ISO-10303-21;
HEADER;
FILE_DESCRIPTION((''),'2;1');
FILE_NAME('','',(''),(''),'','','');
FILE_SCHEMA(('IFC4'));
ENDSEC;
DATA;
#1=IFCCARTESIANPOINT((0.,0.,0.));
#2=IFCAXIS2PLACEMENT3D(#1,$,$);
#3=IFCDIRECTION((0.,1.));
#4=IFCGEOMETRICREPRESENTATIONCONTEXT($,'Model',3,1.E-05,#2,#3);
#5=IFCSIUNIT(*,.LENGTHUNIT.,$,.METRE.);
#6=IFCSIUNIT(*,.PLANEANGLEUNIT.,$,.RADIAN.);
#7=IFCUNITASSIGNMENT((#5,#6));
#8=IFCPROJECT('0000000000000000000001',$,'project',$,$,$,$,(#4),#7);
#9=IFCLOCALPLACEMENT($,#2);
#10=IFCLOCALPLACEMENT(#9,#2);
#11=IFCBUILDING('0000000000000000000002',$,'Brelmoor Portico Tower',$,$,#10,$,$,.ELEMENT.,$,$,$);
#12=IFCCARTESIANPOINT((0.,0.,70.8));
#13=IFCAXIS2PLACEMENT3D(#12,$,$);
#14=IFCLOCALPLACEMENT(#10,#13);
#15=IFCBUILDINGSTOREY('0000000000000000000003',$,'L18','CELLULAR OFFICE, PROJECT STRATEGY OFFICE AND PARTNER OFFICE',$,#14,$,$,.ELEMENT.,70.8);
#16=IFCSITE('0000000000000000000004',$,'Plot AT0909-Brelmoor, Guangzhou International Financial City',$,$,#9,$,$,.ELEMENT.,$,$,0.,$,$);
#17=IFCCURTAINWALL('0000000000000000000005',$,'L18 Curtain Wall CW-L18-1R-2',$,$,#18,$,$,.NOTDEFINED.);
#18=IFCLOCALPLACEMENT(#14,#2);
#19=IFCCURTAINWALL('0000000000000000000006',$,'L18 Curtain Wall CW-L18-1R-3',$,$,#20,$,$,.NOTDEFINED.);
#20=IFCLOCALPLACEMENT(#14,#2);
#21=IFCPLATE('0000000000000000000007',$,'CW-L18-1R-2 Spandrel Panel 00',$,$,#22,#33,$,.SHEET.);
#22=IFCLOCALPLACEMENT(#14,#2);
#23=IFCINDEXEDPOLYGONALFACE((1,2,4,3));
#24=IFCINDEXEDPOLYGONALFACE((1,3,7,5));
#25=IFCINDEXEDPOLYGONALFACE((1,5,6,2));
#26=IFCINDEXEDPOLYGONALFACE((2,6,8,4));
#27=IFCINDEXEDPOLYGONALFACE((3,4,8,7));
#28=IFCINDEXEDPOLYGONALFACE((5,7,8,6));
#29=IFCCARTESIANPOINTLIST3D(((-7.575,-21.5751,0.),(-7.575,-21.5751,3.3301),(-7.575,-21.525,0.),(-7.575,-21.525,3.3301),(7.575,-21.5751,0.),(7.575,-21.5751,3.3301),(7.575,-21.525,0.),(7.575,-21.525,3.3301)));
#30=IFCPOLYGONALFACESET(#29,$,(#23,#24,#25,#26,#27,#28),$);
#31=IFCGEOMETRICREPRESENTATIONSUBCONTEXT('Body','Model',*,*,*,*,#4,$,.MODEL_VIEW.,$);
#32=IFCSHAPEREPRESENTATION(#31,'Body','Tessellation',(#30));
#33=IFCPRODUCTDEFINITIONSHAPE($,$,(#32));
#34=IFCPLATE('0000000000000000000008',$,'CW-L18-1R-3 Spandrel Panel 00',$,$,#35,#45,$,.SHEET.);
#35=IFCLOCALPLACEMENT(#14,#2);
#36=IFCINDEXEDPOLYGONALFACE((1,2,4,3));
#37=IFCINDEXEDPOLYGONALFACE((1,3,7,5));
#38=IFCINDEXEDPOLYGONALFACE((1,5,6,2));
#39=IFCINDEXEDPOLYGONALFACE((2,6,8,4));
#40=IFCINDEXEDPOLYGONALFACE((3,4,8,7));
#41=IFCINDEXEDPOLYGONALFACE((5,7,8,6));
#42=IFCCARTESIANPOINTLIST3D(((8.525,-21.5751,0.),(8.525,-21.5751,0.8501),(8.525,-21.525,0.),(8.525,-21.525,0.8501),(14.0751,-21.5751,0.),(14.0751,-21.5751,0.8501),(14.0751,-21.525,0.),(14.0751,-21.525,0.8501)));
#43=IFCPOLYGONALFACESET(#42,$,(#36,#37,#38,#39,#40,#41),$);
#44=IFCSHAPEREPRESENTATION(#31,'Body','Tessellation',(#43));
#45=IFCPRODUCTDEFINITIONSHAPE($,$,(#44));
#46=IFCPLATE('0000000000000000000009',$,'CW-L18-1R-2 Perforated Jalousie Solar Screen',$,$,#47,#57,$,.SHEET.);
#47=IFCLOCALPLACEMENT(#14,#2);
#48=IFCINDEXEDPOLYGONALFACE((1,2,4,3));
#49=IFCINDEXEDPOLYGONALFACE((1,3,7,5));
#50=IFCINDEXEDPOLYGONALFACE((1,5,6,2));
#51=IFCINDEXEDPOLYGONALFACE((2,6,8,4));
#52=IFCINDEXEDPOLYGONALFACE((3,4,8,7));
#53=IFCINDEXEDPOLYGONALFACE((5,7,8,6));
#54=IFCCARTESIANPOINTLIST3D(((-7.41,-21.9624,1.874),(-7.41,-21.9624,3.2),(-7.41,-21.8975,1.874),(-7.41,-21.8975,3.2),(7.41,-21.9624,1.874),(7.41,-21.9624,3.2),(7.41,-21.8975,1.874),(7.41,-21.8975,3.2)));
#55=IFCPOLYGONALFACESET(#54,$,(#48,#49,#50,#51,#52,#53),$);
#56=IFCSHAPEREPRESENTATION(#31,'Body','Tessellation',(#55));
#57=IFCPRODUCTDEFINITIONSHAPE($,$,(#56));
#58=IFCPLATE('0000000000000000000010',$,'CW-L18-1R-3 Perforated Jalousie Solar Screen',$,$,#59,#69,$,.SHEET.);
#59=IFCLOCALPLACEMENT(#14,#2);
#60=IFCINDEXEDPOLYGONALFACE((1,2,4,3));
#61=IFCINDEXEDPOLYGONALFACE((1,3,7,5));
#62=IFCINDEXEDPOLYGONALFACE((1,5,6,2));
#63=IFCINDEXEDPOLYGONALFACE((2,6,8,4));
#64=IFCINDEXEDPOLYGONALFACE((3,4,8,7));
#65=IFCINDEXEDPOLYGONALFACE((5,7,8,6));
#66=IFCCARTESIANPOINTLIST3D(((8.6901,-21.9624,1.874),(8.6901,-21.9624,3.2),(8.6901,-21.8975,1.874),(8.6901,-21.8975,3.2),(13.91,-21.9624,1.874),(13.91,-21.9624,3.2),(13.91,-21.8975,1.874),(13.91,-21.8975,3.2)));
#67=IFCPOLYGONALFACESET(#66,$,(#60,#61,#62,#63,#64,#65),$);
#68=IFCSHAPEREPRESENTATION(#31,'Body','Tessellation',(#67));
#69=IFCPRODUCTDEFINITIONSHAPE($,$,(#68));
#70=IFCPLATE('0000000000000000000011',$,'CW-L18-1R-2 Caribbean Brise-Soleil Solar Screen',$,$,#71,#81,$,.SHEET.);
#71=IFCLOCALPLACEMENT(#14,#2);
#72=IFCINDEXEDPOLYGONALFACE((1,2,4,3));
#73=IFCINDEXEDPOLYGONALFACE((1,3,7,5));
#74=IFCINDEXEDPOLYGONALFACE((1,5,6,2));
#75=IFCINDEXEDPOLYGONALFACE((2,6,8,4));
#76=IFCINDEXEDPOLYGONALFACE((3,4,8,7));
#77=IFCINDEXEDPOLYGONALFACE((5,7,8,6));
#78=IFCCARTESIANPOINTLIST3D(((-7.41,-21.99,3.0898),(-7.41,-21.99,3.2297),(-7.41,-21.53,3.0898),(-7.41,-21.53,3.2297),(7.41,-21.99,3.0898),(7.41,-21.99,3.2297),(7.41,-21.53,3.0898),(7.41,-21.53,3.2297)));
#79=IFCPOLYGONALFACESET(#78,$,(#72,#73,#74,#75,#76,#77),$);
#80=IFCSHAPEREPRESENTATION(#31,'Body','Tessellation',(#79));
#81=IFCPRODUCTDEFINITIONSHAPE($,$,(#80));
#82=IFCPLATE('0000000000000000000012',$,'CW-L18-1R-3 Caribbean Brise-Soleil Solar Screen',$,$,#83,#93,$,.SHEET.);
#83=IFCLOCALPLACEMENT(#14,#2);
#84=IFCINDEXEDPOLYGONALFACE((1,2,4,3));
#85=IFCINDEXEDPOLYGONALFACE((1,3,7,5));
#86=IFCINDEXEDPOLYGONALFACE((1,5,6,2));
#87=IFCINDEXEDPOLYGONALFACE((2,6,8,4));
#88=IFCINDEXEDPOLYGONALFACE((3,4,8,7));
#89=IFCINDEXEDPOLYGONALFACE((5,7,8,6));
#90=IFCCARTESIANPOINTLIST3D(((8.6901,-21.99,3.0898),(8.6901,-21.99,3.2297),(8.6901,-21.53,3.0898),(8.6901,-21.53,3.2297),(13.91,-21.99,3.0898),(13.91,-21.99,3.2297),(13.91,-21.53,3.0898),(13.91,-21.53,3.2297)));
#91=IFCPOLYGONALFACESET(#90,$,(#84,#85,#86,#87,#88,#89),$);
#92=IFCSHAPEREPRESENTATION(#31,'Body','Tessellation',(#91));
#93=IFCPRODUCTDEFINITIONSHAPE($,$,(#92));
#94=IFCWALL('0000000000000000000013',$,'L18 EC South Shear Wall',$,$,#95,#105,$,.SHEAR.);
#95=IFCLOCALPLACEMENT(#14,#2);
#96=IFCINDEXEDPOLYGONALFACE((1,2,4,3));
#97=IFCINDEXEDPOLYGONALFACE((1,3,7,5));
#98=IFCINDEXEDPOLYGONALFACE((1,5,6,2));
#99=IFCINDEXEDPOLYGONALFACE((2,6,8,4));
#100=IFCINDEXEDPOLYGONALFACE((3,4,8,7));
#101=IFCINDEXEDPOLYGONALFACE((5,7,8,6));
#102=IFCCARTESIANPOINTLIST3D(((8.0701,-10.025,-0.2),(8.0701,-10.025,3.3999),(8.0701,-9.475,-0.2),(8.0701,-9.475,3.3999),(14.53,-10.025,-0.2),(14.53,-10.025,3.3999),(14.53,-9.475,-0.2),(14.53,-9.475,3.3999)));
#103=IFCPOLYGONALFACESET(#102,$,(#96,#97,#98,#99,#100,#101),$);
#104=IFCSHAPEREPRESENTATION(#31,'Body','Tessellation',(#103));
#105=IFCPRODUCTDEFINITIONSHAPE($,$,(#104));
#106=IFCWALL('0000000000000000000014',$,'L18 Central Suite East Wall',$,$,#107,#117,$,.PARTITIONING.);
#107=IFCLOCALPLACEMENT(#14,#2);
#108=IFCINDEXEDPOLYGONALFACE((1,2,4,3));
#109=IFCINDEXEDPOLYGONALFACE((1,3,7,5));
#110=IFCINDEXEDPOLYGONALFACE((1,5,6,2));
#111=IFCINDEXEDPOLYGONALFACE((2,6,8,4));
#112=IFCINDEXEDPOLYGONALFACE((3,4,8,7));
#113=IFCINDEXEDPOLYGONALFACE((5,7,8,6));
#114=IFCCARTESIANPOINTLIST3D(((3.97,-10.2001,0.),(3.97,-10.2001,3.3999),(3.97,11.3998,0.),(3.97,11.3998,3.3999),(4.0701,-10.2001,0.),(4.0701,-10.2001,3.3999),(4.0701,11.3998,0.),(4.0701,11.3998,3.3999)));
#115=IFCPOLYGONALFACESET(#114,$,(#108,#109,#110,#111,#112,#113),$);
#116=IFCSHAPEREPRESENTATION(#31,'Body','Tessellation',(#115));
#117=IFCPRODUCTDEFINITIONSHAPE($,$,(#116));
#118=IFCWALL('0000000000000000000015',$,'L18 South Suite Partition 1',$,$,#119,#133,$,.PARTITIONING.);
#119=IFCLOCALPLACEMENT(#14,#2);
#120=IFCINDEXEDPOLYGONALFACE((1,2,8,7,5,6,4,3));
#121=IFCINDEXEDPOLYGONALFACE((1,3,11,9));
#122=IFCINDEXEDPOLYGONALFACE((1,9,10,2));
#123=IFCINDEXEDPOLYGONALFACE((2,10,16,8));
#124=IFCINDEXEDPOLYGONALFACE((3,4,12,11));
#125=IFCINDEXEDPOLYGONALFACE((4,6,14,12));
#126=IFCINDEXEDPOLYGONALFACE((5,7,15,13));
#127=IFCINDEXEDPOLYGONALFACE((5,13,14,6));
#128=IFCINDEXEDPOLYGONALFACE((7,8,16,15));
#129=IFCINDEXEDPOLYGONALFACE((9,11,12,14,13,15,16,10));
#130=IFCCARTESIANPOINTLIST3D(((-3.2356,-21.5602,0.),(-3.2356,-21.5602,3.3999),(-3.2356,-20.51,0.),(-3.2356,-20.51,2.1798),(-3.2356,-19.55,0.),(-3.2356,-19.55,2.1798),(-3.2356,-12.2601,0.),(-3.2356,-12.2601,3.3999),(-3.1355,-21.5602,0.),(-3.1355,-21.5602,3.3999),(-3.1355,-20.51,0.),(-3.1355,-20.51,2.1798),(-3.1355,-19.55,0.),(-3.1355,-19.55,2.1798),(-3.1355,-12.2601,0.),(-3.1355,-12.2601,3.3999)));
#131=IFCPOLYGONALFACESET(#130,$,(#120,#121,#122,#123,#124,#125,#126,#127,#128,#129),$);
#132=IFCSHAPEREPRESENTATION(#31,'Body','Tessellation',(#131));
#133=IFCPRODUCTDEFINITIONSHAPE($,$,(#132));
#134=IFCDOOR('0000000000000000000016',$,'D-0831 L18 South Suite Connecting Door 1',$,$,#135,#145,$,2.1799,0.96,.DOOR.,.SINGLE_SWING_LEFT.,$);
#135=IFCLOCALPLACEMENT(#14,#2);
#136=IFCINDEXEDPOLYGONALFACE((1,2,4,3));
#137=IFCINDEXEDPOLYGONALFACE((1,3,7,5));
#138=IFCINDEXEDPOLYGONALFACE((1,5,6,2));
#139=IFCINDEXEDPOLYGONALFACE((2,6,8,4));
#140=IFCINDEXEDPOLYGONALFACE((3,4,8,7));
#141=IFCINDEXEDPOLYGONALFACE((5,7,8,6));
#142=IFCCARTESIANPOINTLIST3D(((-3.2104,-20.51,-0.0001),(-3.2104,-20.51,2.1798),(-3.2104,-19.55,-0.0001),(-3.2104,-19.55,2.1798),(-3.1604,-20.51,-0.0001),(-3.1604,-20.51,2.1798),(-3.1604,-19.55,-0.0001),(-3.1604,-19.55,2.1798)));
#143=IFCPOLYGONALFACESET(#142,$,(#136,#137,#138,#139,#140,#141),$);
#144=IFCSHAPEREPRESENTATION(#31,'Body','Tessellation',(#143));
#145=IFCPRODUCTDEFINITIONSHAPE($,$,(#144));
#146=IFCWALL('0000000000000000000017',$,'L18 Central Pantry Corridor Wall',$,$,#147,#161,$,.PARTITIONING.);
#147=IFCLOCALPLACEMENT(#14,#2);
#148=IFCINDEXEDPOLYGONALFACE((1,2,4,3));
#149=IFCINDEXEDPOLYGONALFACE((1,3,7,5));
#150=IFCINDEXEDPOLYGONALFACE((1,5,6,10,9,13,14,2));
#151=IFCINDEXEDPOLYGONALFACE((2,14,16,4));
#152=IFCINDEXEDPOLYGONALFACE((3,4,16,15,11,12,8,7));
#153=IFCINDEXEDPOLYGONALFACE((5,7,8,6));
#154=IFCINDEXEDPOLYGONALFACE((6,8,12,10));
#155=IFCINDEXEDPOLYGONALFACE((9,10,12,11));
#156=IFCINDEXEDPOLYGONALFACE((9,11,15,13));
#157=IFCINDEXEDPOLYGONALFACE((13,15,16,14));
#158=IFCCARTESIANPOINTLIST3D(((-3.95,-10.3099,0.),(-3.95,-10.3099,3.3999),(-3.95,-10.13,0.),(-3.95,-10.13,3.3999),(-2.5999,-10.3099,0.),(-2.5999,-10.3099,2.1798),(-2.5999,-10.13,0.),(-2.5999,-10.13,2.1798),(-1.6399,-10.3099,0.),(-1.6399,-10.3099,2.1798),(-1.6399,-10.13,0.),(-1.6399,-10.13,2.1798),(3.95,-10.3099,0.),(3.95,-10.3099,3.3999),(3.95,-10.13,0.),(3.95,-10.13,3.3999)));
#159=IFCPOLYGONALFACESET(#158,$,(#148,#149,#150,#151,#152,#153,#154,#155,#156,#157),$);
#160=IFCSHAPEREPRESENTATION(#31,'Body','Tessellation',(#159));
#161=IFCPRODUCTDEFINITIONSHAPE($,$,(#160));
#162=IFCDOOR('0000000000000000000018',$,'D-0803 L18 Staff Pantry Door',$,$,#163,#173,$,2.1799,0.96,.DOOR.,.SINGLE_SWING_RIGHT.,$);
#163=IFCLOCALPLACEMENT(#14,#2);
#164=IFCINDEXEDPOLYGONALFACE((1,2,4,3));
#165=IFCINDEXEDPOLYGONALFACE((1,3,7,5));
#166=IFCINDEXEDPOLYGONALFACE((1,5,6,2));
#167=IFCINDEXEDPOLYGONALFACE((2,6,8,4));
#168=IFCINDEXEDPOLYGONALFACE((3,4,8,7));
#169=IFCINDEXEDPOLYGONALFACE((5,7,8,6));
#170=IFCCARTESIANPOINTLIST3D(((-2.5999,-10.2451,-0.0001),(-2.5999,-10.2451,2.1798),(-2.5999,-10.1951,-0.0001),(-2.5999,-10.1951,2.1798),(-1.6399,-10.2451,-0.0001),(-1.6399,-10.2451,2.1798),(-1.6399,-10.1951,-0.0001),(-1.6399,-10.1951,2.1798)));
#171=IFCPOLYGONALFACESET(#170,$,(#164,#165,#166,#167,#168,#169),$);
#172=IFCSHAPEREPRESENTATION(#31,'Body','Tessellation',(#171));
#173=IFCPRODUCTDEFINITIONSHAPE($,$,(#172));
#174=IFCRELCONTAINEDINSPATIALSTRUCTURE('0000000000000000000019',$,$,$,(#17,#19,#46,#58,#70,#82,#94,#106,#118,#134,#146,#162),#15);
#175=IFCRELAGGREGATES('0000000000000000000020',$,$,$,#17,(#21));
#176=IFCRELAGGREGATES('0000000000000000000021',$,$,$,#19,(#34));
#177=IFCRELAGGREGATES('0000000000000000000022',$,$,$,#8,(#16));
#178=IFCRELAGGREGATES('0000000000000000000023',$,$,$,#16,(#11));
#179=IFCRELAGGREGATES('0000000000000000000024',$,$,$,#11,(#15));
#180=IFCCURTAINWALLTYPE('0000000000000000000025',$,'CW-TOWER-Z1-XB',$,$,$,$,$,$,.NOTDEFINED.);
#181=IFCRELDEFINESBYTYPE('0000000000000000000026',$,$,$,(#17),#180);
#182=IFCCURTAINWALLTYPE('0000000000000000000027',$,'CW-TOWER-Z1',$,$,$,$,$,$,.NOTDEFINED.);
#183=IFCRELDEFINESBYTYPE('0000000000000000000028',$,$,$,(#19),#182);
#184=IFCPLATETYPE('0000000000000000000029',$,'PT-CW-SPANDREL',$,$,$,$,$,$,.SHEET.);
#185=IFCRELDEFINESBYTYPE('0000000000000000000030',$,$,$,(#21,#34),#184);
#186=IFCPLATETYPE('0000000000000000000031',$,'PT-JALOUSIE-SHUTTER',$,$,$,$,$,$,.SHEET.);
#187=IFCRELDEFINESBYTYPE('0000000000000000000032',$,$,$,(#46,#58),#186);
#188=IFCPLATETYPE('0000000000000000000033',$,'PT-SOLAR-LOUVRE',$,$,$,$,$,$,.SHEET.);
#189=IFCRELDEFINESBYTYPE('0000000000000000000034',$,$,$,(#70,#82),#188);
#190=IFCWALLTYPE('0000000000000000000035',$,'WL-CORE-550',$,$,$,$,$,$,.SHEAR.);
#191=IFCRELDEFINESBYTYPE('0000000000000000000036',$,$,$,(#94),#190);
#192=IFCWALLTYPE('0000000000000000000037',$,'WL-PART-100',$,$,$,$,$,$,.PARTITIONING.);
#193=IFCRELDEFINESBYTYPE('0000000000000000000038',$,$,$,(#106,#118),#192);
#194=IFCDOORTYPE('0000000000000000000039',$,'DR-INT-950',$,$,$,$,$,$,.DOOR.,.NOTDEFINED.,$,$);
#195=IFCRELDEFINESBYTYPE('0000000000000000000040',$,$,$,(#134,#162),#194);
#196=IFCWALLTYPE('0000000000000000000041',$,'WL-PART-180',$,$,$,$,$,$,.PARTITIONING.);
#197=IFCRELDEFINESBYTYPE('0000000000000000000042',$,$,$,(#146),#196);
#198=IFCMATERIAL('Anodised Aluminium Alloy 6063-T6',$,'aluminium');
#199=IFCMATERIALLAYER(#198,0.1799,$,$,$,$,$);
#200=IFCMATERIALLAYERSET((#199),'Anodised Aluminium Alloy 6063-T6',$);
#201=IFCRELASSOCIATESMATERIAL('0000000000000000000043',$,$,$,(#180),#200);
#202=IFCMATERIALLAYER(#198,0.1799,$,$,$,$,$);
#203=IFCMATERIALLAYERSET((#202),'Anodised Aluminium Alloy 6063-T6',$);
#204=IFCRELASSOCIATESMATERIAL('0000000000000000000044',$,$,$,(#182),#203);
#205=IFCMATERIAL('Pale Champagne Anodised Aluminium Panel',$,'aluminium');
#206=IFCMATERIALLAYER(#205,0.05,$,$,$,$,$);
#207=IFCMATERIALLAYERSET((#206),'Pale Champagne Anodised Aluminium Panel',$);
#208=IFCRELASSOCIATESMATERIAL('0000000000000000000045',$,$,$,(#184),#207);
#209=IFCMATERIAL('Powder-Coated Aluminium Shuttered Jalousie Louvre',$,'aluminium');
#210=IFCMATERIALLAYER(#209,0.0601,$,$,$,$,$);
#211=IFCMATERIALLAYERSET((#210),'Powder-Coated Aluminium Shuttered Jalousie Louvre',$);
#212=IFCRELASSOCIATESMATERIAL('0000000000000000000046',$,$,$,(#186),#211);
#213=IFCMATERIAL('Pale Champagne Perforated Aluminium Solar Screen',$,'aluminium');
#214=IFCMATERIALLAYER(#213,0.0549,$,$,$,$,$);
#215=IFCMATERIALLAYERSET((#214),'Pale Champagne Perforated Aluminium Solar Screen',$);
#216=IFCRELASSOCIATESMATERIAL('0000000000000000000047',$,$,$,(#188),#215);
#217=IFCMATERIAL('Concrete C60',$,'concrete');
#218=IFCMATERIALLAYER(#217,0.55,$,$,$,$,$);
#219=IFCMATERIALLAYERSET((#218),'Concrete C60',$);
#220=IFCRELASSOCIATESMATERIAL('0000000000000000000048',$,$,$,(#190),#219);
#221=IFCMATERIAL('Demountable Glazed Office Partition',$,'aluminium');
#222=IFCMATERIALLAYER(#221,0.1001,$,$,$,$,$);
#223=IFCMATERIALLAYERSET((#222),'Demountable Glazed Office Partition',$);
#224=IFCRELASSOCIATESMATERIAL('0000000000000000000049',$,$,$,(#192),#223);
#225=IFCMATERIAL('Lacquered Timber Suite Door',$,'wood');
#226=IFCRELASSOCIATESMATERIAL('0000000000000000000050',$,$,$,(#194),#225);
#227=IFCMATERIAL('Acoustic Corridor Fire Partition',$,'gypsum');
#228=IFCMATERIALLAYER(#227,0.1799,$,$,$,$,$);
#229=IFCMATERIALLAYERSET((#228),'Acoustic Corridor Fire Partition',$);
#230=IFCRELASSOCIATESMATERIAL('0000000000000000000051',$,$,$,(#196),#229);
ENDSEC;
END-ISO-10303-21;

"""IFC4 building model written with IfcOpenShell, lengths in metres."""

from ifc_helpers import new_model, si_unit, direction, frame, frame_2d, origin, origin_2d, place, context, subcontext, project, spatial, rectangle, extrude, material, layer, layer_set, type_object, element, fill, aggregate, save


model = new_model("IFC4")

# Units and contexts
model_context = context("Model", 3, precision=1e-05, world=origin(), true_north=direction((0.0, 1.0)))
body_context = subcontext(model_context, "Body", "Model", "MODEL_VIEW")
ifc_project = project(units=[si_unit("LENGTHUNIT", "METRE"), si_unit("PLANEANGLEUNIT", "RADIAN")], contexts=[model_context])

# Site, building, storey
site_placement = place(None, origin())
site = spatial("IfcSite", under=ifc_project, at=site_placement, Name="Plot AT0909-Brelmoor, Guangzhou International Financial City", CompositionType="ELEMENT", RefElevation=0.0)
building_placement = place(site_placement, origin())
building = spatial("IfcBuilding", under=site, at=building_placement, Name="Brelmoor Portico Tower", CompositionType="ELEMENT")
storey_placement = place(building_placement, frame((0.0, 0.0, 70.8)))
storey = spatial("IfcBuildingStorey", under=building, at=storey_placement, Name="L18", Description="CELLULAR OFFICE, PROJECT STRATEGY OFFICE AND PARTNER OFFICE", CompositionType="ELEMENT", Elevation=70.8)

# Curtain wall
ifc_material_1 = material(Name="Anodised Aluminium Alloy 6063-T6", Category="aluminium")
ifc_layer_1 = layer(ifc_material_1, 0.1799)
ifc_layer_set_1 = layer_set([ifc_layer_1], Name="Anodised Aluminium Alloy 6063-T6")
curtain_wall_type_1 = type_object("IfcCurtainWallType", Name="CW-TOWER-Z1-XB", PredefinedType="NOTDEFINED", material=ifc_layer_set_1)
curtain_wall_1_placement = place(storey_placement, origin())
curtain_wall_1 = element("IfcCurtainWall", 1, at=curtain_wall_1_placement, inside=storey, type_object=curtain_wall_type_1, Name="L18 Curtain Wall CW-L18-1R-2", PredefinedType="NOTDEFINED")

# Curtain wall
ifc_layer_2 = layer(ifc_material_1, 0.1799)
ifc_layer_set_2 = layer_set([ifc_layer_2], Name="Anodised Aluminium Alloy 6063-T6")
curtain_wall_type_2 = type_object("IfcCurtainWallType", Name="CW-TOWER-Z1", PredefinedType="NOTDEFINED", material=ifc_layer_set_2)
curtain_wall_2_placement = place(storey_placement, origin())
curtain_wall_2 = element("IfcCurtainWall", 2, at=curtain_wall_2_placement, inside=storey, type_object=curtain_wall_type_2, Name="L18 Curtain Wall CW-L18-1R-3", PredefinedType="NOTDEFINED")

# Plates
ifc_material_2 = material(Name="Pale Champagne Anodised Aluminium Panel", Category="aluminium")
ifc_layer_3 = layer(ifc_material_2, 0.05)
ifc_layer_set_3 = layer_set([ifc_layer_3], Name="Pale Champagne Anodised Aluminium Panel")
plate_type_1 = type_object("IfcPlateType", Name="PT-CW-SPANDREL", PredefinedType="SHEET", material=ifc_layer_set_3)
plate_1_placement = place(storey_placement, frame((0.0, -21.55, 0.0), z_axis=(0.0, 0.0, 1.0), x_axis=(1.0, 0.0, 0.0)))
plate_1 = element("IfcPlate", 3, at=plate_1_placement, type_object=plate_type_1, Name="CW-L18-1R-2 Spandrel Panel 00", PredefinedType="SHEET", context=body_context, shape_type="SweptSolid", body=[
    extrude(rectangle(XDim=15.1499, YDim=0.05, at=origin_2d()), origin(), (0.0, 0.0, 1.0), 3.3301),
])
aggregate(curtain_wall_1, [plate_1])
plate_2_placement = place(storey_placement, frame((11.3, -21.55, 0.0), z_axis=(0.0, 0.0, 1.0), x_axis=(1.0, 0.0, 0.0)))
plate_2 = element("IfcPlate", 4, at=plate_2_placement, type_object=plate_type_1, Name="CW-L18-1R-3 Spandrel Panel 00", PredefinedType="SHEET", context=body_context, shape_type="SweptSolid", body=[
    extrude(rectangle(XDim=5.55, YDim=0.05, at=origin_2d()), origin(), (0.0, 0.0, 1.0), 0.8501),
])
aggregate(curtain_wall_2, [plate_2])

# Plates
ifc_material_3 = material(Name="Powder-Coated Aluminium Shuttered Jalousie Louvre", Category="aluminium")
ifc_layer_4 = layer(ifc_material_3, 0.0601)
ifc_layer_set_4 = layer_set([ifc_layer_4], Name="Powder-Coated Aluminium Shuttered Jalousie Louvre")
plate_type_2 = type_object("IfcPlateType", Name="PT-JALOUSIE-SHUTTER", PredefinedType="SHEET", material=ifc_layer_set_4)
plate_3_placement = place(storey_placement, frame((0.0, -21.9299, 1.874), z_axis=(0.0, 0.0, 1.0), x_axis=(1.0, 0.0, 0.0)))
element("IfcPlate", 5, at=plate_3_placement, inside=storey, type_object=plate_type_2, Name="CW-L18-1R-2 Perforated Jalousie Solar Screen", PredefinedType="SHEET", context=body_context, shape_type="SweptSolid", body=[
    extrude(rectangle(XDim=14.8201, YDim=0.0649, at=origin_2d()), origin(), (0.0, 0.0, 1.0), 1.3259),
])
plate_4_placement = place(storey_placement, frame((11.3, -21.9299, 1.874), z_axis=(0.0, 0.0, 1.0), x_axis=(1.0, 0.0, 0.0)))
element("IfcPlate", 6, at=plate_4_placement, inside=storey, type_object=plate_type_2, Name="CW-L18-1R-3 Perforated Jalousie Solar Screen", PredefinedType="SHEET", context=body_context, shape_type="SweptSolid", body=[
    extrude(rectangle(XDim=5.22, YDim=0.0649, at=origin_2d()), origin(), (0.0, 0.0, 1.0), 1.3259),
])
ifc_material_4 = material(Name="Pale Champagne Perforated Aluminium Solar Screen", Category="aluminium")
ifc_layer_5 = layer(ifc_material_4, 0.0549)
ifc_layer_set_5 = layer_set([ifc_layer_5], Name="Pale Champagne Perforated Aluminium Solar Screen")
plate_type_3 = type_object("IfcPlateType", Name="PT-SOLAR-LOUVRE", PredefinedType="SHEET", material=ifc_layer_set_5)
plate_5_placement = place(storey_placement, frame((0.0, -21.76, 3.0898), z_axis=(0.0, 0.0, 1.0), x_axis=(1.0, 0.0, 0.0)))
element("IfcPlate", 7, at=plate_5_placement, inside=storey, type_object=plate_type_3, Name="CW-L18-1R-2 Caribbean Brise-Soleil Solar Screen", PredefinedType="SHEET", context=body_context, shape_type="SweptSolid", body=[
    extrude(rectangle(XDim=14.8201, YDim=0.46, at=origin_2d()), origin(), (0.0, 0.0, 1.0), 0.1399),
])
plate_6_placement = place(storey_placement, frame((11.3, -21.76, 3.0898), z_axis=(0.0, 0.0, 1.0), x_axis=(1.0, 0.0, 0.0)))
element("IfcPlate", 8, at=plate_6_placement, inside=storey, type_object=plate_type_3, Name="CW-L18-1R-3 Caribbean Brise-Soleil Solar Screen", PredefinedType="SHEET", context=body_context, shape_type="SweptSolid", body=[
    extrude(rectangle(XDim=5.22, YDim=0.46, at=origin_2d()), origin(), (0.0, 0.0, 1.0), 0.1399),
])

# Walls
ifc_material_5 = material(Name="Concrete C60", Category="concrete")
ifc_layer_6 = layer(ifc_material_5, 0.55)
ifc_layer_set_6 = layer_set([ifc_layer_6], Name="Concrete C60")
wall_type_1 = type_object("IfcWallType", Name="WL-CORE-550", PredefinedType="SHEAR", material=ifc_layer_set_6)
wall_1_placement = place(storey_placement, frame((8.0701, -9.75, -0.2), z_axis=(0.0, 0.0, 1.0), x_axis=(1.0, 0.0, 0.0)))
element("IfcWall", 9, at=wall_1_placement, inside=storey, type_object=wall_type_1, Name="L18 EC South Shear Wall", PredefinedType="SHEAR", context=body_context, shape_type="SweptSolid", body=[
    extrude(rectangle(XDim=6.46, YDim=0.55, at=frame_2d((3.23, 0.0))), origin(), (0.0, 0.0, 1.0), 3.5999),
])
ifc_material_6 = material(Name="Demountable Glazed Office Partition", Category="aluminium")
ifc_layer_7 = layer(ifc_material_6, 0.1001)
ifc_layer_set_7 = layer_set([ifc_layer_7], Name="Demountable Glazed Office Partition")
wall_type_2 = type_object("IfcWallType", Name="WL-PART-100", PredefinedType="PARTITIONING", material=ifc_layer_set_7)
wall_2_placement = place(storey_placement, frame((4.02, -10.2, 0.0), z_axis=(0.0, 0.0, 1.0), x_axis=(0.0, 1.0, 0.0)))
element("IfcWall", 10, at=wall_2_placement, inside=storey, type_object=wall_type_2, Name="L18 Central Suite East Wall", PredefinedType="PARTITIONING", context=body_context, shape_type="SweptSolid", body=[
    extrude(rectangle(XDim=21.5999, YDim=0.1001, at=frame_2d((10.7998, 0.0))), origin(), (0.0, 0.0, 1.0), 3.3999),
])

# Wall, opening, door
wall_3_placement = place(storey_placement, frame((-3.1855, -21.5601, 0.0), z_axis=(0.0, 0.0, 1.0), x_axis=(0.0, 1.0, 0.0)))
wall_3 = element("IfcWall", 11, at=wall_3_placement, inside=storey, type_object=wall_type_2, Name="L18 South Suite Partition 1", PredefinedType="PARTITIONING", context=body_context, shape_type="SweptSolid", body=[
    extrude(rectangle(XDim=9.3, YDim=0.1001, at=frame_2d((4.6499, 0.0))), origin(), (0.0, 0.0, 1.0), 3.3999),
])
opening_1_placement = place(wall_3_placement, frame((1.05, 0.0, 0.0)))
opening_1 = element("IfcOpeningElement", 12, at=opening_1_placement, cuts=wall_3, PredefinedType="OPENING", context=body_context, shape_type="SweptSolid", body=[
    extrude(rectangle(XDim=0.96, YDim=2.1799, at=frame_2d((0.48, 1.0898))), frame((0.0, 0.0601, 0.0), z_axis=(0.0, -1.0, 0.0), x_axis=(1.0, 0.0, 0.0)), (0.0, 0.0, 1.0), 0.1201),
])
ifc_material_7 = material(Name="Lacquered Timber Suite Door", Category="wood")
door_type_1 = type_object("IfcDoorType", Name="DR-INT-950", OperationType="NOTDEFINED", PredefinedType="DOOR", material=ifc_material_7)
door_1_placement = place(opening_1_placement, origin())
door_1 = element("IfcDoor", 13, at=door_1_placement, inside=storey, type_object=door_type_1, Name="D-0831 L18 South Suite Connecting Door 1", OperationType="SINGLE_SWING_LEFT", OverallHeight=2.1799, OverallWidth=0.96, PredefinedType="DOOR", context=body_context, shape_type="SweptSolid", body=[
    extrude(rectangle(XDim=0.96, YDim=2.1799, at=frame_2d((0.48, 1.0898))), frame((0.0, 0.0249, 0.0), z_axis=(0.0, -1.0, 0.0), x_axis=(1.0, 0.0, 0.0)), (0.0, 0.0, 1.0), 0.05),
])
fill(opening_1, door_1)

# Wall, opening, door
ifc_material_8 = material(Name="Acoustic Corridor Fire Partition", Category="gypsum")
ifc_layer_8 = layer(ifc_material_8, 0.1799)
ifc_layer_set_8 = layer_set([ifc_layer_8], Name="Acoustic Corridor Fire Partition")
wall_type_3 = type_object("IfcWallType", Name="WL-PART-180", PredefinedType="PARTITIONING", material=ifc_layer_set_8)
wall_4_placement = place(storey_placement, frame((-3.95, -10.22, 0.0), z_axis=(0.0, 0.0, 1.0), x_axis=(1.0, 0.0, 0.0)))
wall_4 = element("IfcWall", 14, at=wall_4_placement, inside=storey, type_object=wall_type_3, Name="L18 Central Pantry Corridor Wall", PredefinedType="PARTITIONING", context=body_context, shape_type="SweptSolid", body=[
    extrude(rectangle(XDim=7.8999, YDim=0.1799, at=frame_2d((3.95, 0.0))), origin(), (0.0, 0.0, 1.0), 3.3999),
])
opening_2_placement = place(wall_4_placement, frame((1.3501, 0.0, 0.0)))
opening_2 = element("IfcOpeningElement", 15, at=opening_2_placement, cuts=wall_4, PredefinedType="OPENING", context=body_context, shape_type="SweptSolid", body=[
    extrude(rectangle(XDim=0.96, YDim=2.1799, at=frame_2d((0.48, 1.0898))), frame((0.0, 0.0999, 0.0), z_axis=(0.0, -1.0, 0.0), x_axis=(1.0, 0.0, 0.0)), (0.0, 0.0, 1.0), 0.2),
])
door_2_placement = place(opening_2_placement, origin())
door_2 = element("IfcDoor", 16, at=door_2_placement, inside=storey, type_object=door_type_1, Name="D-0803 L18 Staff Pantry Door", OperationType="SINGLE_SWING_RIGHT", OverallHeight=2.1799, OverallWidth=0.96, PredefinedType="DOOR", context=body_context, shape_type="SweptSolid", body=[
    extrude(rectangle(XDim=0.96, YDim=2.1799, at=frame_2d((0.48, 1.0898))), frame((0.0, 0.0249, 0.0), z_axis=(0.0, -1.0, 0.0), x_axis=(1.0, 0.0, 0.0)), (0.0, 0.0, 1.0), 0.05),
])
fill(opening_2, door_2)

save(model, "model.ifc")
